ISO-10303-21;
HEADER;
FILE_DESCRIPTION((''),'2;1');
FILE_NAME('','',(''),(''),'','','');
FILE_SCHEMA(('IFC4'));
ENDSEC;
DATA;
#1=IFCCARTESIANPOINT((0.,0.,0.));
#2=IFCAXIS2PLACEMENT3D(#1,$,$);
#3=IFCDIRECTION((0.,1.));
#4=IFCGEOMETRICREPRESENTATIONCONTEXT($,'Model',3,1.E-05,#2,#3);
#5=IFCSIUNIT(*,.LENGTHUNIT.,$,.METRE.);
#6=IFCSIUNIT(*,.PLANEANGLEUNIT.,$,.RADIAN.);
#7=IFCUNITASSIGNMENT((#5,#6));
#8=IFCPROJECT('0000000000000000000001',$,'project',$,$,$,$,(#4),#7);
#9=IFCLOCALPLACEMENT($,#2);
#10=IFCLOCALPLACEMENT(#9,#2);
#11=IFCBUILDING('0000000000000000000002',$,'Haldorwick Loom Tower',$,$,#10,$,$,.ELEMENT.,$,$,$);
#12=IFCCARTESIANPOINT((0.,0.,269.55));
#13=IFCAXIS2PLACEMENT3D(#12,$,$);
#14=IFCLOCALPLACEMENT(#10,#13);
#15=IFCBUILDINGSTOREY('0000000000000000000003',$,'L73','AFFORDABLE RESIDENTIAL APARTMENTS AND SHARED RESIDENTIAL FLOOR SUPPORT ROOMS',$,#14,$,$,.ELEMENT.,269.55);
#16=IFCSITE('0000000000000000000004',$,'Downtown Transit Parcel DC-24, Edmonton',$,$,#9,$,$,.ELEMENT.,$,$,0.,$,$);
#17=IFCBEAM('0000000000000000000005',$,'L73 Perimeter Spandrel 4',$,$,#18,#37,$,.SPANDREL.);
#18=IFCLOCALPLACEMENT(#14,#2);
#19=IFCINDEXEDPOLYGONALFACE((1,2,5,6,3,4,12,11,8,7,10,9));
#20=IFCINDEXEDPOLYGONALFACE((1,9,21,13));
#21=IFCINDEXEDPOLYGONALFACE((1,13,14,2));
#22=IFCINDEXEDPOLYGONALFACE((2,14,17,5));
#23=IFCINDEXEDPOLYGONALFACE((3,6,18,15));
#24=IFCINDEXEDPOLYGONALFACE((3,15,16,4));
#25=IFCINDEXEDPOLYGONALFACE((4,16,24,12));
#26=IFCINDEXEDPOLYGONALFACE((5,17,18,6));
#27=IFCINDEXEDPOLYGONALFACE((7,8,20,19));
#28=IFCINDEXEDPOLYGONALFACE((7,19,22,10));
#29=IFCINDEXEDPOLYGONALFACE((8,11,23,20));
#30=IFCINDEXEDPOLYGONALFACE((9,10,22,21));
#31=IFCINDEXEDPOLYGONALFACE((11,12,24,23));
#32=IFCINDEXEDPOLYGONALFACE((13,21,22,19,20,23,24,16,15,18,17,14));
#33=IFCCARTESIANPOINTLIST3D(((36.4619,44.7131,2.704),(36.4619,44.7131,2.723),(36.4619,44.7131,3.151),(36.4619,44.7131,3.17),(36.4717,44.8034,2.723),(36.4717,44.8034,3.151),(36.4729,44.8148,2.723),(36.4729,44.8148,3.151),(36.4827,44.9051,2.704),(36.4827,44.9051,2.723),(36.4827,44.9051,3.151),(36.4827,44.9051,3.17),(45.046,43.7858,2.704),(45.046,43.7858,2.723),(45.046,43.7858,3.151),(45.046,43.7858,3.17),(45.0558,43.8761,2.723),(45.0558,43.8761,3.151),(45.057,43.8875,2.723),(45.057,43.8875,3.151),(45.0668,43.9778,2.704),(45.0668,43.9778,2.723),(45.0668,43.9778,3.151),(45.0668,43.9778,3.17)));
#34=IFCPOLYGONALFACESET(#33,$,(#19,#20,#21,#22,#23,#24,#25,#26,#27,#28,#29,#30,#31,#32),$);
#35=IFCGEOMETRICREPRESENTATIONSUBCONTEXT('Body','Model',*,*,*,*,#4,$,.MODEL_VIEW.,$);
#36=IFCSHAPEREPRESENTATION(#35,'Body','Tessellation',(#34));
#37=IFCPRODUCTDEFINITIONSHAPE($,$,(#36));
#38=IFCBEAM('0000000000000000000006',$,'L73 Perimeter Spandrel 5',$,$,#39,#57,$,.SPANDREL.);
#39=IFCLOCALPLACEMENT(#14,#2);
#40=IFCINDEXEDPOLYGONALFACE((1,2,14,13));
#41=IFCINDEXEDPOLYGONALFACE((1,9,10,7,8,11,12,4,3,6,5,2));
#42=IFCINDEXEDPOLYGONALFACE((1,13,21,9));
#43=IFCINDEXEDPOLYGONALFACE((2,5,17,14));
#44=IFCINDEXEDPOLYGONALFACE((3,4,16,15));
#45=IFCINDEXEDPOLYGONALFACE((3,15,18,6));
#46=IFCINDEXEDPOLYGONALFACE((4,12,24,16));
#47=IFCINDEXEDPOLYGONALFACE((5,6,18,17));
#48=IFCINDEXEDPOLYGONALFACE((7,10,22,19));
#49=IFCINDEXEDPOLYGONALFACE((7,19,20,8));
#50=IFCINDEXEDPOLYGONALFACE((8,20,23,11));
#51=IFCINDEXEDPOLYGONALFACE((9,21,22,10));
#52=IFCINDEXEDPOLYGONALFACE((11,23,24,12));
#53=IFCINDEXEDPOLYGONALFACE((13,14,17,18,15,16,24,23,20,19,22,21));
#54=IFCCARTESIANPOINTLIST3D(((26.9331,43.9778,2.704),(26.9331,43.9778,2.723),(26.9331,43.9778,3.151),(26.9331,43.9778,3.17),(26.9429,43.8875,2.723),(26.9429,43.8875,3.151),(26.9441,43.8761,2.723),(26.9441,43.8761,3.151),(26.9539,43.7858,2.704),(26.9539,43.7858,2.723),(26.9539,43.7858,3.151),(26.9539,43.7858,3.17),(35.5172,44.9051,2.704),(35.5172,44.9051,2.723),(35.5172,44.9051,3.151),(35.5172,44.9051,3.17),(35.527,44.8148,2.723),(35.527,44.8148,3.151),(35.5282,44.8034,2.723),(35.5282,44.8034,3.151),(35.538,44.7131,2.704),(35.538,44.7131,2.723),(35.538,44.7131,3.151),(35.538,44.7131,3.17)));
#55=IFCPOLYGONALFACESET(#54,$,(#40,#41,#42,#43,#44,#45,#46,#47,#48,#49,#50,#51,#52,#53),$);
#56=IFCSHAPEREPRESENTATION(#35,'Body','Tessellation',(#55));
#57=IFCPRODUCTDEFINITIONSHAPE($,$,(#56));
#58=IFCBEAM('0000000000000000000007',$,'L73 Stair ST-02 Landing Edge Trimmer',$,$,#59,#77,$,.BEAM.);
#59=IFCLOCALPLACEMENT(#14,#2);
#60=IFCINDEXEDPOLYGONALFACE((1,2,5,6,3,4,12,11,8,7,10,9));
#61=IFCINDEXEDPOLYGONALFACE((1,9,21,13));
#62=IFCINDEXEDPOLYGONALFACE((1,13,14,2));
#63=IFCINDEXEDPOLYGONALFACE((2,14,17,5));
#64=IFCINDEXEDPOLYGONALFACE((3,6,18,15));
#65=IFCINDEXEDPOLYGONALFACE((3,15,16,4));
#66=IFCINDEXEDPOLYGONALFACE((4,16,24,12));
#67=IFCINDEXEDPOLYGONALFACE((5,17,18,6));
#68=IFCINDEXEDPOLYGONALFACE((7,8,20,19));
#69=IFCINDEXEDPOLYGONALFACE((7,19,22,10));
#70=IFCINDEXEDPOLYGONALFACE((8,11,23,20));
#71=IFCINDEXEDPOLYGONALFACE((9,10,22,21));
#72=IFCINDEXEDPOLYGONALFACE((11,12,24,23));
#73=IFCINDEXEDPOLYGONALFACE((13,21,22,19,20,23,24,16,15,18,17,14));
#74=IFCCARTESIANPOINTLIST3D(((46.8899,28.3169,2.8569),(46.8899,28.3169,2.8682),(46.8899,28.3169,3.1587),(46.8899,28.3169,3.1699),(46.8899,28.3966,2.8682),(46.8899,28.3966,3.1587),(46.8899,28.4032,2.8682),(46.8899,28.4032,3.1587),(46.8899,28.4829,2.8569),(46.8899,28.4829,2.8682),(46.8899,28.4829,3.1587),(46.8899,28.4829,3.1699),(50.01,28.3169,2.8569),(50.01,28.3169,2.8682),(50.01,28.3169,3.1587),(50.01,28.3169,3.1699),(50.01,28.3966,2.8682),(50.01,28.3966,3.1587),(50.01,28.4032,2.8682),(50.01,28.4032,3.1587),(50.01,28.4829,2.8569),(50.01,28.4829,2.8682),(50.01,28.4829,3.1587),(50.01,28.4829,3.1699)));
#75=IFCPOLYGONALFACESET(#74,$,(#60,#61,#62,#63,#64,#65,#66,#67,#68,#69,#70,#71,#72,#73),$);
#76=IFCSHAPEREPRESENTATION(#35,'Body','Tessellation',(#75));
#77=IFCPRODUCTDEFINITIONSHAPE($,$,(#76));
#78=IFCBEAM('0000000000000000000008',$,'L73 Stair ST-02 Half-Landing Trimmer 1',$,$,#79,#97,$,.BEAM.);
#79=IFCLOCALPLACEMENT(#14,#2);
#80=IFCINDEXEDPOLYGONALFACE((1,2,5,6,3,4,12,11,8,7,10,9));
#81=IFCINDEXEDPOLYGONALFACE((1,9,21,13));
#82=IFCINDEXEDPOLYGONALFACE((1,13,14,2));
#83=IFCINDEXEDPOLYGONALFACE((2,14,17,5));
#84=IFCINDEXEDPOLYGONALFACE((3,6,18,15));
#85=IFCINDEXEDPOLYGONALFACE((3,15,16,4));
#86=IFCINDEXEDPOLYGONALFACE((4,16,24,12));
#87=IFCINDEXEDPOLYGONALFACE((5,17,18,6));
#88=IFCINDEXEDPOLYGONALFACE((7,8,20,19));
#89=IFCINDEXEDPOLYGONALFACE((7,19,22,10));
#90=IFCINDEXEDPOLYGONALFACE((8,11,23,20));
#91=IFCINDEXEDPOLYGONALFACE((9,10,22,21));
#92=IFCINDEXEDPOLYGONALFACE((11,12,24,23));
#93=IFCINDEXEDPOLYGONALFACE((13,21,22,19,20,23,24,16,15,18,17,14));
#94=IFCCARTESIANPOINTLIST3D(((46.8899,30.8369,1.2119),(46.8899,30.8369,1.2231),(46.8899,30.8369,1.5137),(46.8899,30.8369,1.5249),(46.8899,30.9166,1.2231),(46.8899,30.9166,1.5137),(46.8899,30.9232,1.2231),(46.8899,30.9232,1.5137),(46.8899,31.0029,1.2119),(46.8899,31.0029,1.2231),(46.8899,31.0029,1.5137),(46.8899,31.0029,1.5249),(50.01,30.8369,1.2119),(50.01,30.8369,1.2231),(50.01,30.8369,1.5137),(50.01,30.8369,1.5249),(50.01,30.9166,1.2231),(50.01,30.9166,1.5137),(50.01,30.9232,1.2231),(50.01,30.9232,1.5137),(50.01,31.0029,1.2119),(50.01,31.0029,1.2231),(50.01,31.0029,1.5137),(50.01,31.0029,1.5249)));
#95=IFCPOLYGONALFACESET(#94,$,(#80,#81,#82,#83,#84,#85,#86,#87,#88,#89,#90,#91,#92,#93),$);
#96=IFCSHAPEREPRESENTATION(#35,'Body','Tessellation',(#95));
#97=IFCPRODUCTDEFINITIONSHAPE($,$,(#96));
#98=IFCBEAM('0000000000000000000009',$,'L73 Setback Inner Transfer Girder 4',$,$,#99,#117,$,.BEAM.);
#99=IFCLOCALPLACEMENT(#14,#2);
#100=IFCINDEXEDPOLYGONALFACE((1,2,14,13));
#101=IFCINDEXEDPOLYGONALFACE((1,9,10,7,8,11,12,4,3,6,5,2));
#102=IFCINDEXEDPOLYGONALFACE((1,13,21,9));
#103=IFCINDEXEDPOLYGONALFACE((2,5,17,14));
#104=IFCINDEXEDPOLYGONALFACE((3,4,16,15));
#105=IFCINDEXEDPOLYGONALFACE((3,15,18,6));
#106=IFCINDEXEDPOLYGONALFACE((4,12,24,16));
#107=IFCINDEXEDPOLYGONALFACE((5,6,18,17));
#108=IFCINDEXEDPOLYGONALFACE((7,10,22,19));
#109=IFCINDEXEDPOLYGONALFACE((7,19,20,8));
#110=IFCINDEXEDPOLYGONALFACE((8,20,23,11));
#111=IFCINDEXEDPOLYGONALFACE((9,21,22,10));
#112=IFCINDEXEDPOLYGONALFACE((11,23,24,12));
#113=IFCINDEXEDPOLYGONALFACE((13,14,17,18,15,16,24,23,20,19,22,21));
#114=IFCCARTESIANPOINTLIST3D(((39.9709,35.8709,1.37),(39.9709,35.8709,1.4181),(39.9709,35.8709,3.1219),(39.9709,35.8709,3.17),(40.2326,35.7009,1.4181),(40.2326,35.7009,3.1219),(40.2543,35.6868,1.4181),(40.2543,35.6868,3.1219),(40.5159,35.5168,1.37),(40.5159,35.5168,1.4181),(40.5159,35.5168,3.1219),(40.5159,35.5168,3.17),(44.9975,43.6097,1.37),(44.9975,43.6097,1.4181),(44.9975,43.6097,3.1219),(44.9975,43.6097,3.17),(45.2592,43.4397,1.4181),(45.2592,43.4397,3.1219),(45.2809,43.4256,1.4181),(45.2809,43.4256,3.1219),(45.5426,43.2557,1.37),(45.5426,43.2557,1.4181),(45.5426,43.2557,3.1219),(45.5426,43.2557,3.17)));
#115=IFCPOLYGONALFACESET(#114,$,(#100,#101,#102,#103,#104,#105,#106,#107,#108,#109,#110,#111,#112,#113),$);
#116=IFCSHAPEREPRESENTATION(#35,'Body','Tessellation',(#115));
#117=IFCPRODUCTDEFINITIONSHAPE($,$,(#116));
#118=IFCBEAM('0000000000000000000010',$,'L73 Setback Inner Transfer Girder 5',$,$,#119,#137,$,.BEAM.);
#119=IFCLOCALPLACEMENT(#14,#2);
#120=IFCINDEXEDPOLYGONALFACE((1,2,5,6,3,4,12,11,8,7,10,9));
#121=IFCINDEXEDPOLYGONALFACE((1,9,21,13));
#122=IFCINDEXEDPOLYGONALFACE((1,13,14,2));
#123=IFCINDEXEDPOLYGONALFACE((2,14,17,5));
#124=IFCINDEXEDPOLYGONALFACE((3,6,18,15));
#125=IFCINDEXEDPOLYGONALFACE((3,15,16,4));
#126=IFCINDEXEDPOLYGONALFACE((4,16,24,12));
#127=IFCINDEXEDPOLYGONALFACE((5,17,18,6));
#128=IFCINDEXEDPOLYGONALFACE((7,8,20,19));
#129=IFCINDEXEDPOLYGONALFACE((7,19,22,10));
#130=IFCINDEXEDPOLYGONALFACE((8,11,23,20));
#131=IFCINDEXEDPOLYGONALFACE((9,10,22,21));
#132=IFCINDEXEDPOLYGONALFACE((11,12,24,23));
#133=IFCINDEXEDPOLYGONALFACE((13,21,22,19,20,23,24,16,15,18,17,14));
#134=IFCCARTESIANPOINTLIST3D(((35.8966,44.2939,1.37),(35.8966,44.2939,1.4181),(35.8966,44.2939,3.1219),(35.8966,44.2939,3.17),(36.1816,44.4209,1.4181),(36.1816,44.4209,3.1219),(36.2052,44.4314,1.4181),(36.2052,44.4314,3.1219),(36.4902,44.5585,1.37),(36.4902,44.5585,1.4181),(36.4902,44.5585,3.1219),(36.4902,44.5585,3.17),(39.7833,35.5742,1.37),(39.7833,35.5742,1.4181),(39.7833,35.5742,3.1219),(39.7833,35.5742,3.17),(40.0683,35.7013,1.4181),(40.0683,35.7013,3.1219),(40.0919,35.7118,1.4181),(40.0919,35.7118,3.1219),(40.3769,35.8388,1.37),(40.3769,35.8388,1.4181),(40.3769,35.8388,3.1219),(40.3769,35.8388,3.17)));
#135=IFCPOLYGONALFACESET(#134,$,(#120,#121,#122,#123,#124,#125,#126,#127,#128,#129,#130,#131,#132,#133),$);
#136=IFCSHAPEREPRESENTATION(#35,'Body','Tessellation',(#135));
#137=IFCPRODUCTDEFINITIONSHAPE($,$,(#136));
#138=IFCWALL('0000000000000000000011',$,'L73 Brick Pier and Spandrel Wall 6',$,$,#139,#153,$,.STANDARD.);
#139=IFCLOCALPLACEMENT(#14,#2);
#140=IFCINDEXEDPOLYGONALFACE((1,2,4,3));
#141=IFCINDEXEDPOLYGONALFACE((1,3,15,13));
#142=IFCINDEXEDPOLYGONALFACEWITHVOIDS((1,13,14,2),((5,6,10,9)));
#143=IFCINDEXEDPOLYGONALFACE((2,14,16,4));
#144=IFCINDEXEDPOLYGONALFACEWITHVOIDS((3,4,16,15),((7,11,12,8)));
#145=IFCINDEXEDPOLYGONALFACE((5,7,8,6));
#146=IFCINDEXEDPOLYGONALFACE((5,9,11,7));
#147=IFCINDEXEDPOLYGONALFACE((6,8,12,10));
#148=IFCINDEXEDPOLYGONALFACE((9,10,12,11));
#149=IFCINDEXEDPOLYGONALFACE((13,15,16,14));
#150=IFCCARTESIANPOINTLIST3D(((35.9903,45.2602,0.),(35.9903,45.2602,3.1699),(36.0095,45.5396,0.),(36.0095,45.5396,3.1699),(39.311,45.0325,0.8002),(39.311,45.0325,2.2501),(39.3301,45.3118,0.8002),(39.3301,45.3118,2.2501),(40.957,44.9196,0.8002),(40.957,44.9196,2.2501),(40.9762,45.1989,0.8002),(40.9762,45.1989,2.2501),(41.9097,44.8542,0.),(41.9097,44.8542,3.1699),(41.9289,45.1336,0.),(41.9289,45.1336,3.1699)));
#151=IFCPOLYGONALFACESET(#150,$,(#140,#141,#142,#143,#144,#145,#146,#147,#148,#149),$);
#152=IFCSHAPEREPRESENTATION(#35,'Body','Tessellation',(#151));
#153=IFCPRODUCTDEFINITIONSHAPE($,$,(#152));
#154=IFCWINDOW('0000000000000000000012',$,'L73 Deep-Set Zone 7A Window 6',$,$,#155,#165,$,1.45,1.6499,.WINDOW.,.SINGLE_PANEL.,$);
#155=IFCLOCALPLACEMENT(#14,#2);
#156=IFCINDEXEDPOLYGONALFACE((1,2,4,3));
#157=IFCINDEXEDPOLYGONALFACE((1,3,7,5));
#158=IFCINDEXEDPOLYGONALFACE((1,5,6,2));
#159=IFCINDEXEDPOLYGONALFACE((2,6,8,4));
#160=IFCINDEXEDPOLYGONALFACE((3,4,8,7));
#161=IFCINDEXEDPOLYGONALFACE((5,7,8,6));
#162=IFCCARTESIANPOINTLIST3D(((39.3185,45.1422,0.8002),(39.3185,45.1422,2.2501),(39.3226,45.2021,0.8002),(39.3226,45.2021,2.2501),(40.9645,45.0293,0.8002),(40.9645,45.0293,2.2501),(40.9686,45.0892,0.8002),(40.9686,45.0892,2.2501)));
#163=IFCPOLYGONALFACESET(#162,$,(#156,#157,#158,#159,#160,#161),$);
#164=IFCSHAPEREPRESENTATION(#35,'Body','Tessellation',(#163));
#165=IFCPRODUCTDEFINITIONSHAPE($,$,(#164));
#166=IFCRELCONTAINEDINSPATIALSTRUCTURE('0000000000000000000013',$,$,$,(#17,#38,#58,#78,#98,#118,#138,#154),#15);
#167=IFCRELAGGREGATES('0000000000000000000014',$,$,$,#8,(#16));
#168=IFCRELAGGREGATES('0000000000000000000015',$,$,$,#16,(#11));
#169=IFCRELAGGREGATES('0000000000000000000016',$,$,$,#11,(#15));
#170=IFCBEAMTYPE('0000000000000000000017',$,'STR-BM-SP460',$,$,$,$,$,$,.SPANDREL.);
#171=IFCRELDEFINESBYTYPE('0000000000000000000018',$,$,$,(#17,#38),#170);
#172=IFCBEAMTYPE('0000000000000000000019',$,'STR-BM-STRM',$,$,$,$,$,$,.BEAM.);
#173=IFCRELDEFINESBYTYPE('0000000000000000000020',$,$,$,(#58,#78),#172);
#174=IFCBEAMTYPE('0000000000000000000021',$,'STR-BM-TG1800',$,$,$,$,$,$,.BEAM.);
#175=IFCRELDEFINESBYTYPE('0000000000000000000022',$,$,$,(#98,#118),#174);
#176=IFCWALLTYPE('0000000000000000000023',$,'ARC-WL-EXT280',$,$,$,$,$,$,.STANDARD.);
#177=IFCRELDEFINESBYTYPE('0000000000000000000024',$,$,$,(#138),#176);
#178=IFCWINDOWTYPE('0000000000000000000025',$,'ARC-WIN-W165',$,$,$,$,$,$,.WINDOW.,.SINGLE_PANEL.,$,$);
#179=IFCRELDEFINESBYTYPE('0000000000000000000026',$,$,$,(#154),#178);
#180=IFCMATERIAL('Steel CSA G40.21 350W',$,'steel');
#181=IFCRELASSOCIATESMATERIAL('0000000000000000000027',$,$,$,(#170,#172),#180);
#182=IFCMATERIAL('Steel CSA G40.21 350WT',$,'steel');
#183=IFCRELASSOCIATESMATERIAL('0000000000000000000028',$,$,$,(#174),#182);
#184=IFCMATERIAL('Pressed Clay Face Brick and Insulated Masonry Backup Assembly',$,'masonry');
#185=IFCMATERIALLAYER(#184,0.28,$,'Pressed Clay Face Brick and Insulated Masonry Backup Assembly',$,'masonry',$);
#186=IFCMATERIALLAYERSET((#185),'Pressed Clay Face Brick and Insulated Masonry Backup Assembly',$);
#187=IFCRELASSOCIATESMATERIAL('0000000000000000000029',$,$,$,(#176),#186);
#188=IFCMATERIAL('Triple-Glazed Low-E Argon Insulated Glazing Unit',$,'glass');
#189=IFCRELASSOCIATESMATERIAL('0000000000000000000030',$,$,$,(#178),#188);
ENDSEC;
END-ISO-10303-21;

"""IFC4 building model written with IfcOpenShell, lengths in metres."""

from ifc_helpers import new_model, si_unit, direction, frame, frame_2d, origin, origin_2d, place, context, subcontext, project, spatial, rectangle, i_section, extrude, material, layer, layer_set, material_profile, profile_set, type_object, element, fill, save


model = new_model("IFC4")

# Units and contexts
model_context = context("Model", 3, precision=1e-05, world=origin(), true_north=direction((0.0, 1.0)))
body_context = subcontext(model_context, "Body", "Model", "MODEL_VIEW")
ifc_project = project(units=[si_unit("LENGTHUNIT", "METRE"), si_unit("PLANEANGLEUNIT", "RADIAN")], contexts=[model_context])

# Site, building, storey
site_placement = place(None, origin())
site = spatial("IfcSite", under=ifc_project, at=site_placement, Name="Downtown Transit Parcel DC-24, Edmonton", CompositionType="ELEMENT", RefElevation=0.0)
building_placement = place(site_placement, origin())
building = spatial("IfcBuilding", under=site, at=building_placement, Name="Haldorwick Loom Tower", CompositionType="ELEMENT")
storey_placement = place(building_placement, frame((0.0, 0.0, 269.55)))
storey = spatial("IfcBuildingStorey", under=building, at=storey_placement, Name="L73", Description="AFFORDABLE RESIDENTIAL APARTMENTS AND SHARED RESIDENTIAL FLOOR SUPPORT ROOMS", CompositionType="ELEMENT", Elevation=269.55)

# Shared definitions
ifc_material_1 = material(Name="Steel CSA G40.21 350W", Category="steel")

# Beams
ifc_material_profile_1 = material_profile(ifc_material_1, i_section(OverallWidth=0.1931, OverallDepth=0.4661, WebThickness=0.0115, FlangeThickness=0.019, at=origin_2d()), Name="W460X97", Category="steel")
ifc_profile_set_1 = profile_set([ifc_material_profile_1], Name="Steel CSA G40.21 350W")
beam_type_1 = type_object("IfcBeamType", Name="STR-BM-SP460", PredefinedType="SPANDREL", material=ifc_profile_set_1)
for number, where, z_axis, x_axis, name in (
    (1, (45.0564, 43.8818, 2.937), (-0.994216, 0.107396, 0.0), (-0.107396, -0.994216, 0.0), "L73 Perimeter Spandrel 4"),
    (2, (35.5276, 44.8091, 2.937), (-0.994216, -0.107396, 0.0), (0.107396, -0.994216, 0.0), "L73 Perimeter Spandrel 5"),
):
    element("IfcBeam", number, at=place(storey_placement, frame(where, z_axis=z_axis, x_axis=x_axis)), inside=storey, type_object=beam_type_1, Name=name, PredefinedType="SPANDREL", context=body_context, shape_type="SweptSolid", body=[
        extrude(i_section(OverallWidth=0.1931, OverallDepth=0.4661, WebThickness=0.0115, FlangeThickness=0.019, at=origin_2d()), origin(), (0.0, 0.0, 1.0), 8.634),
    ])
ifc_material_profile_2 = material_profile(ifc_material_1, i_section(OverallWidth=0.166, OverallDepth=0.313, WebThickness=0.0066, FlangeThickness=0.0112, at=origin_2d()), Name="W310X45", Category="steel")
ifc_profile_set_2 = profile_set([ifc_material_profile_2], Name="Steel CSA G40.21 350W")
beam_type_2 = type_object("IfcBeamType", Name="STR-BM-STRM", PredefinedType="BEAM", material=ifc_profile_set_2)
for number, where, z_axis, x_axis, name in (
    (3, (46.8899, 28.3999, 3.0134), (1.0, 0.0, 0.0), (0.0, 1.0, 0.0), "L73 Stair ST-02 Landing Edge Trimmer"),
    (4, (46.8899, 30.9199, 1.3684), (1.0, 0.0, 0.0), (0.0, 1.0, 0.0), "L73 Stair ST-02 Half-Landing Trimmer 1"),
):
    element("IfcBeam", number, at=place(storey_placement, frame(where, z_axis=z_axis, x_axis=x_axis)), inside=storey, type_object=beam_type_2, Name=name, PredefinedType="BEAM", context=body_context, shape_type="SweptSolid", body=[
        extrude(i_section(OverallWidth=0.166, OverallDepth=0.313, WebThickness=0.0066, FlangeThickness=0.0112, at=origin_2d()), origin(), (0.0, 0.0, 1.0), 3.1201),
    ])
ifc_material_2 = material(Name="Steel CSA G40.21 350WT", Category="steel")
ifc_material_profile_3 = material_profile(ifc_material_2, i_section(OverallWidth=0.6499, OverallDepth=1.8, WebThickness=0.0259, FlangeThickness=0.0481, at=origin_2d()), Name="WWF1800X650", Category="steel")
ifc_profile_set_3 = profile_set([ifc_material_profile_3], Name="Steel CSA G40.21 350WT")
beam_type_3 = type_object("IfcBeamType", Name="STR-BM-TG1800", PredefinedType="BEAM", material=ifc_profile_set_3)
beam_1_placement = place(storey_placement, frame((40.2434, 35.6938, 2.27), z_axis=(0.544715, 0.838621, 0.0), x_axis=(-0.838621, 0.544715, 0.0)))
element("IfcBeam", 5, at=beam_1_placement, inside=storey, type_object=beam_type_3, Name="L73 Setback Inner Transfer Girder 4", PredefinedType="BEAM", context=body_context, shape_type="SweptSolid", body=[
    extrude(i_section(OverallWidth=0.6499, OverallDepth=1.8, WebThickness=0.0259, FlangeThickness=0.0481, at=origin_2d()), origin(), (0.0, 0.0, 1.0), 9.228),
])
beam_2_placement = place(storey_placement, frame((40.0801, 35.7065, 2.27), z_axis=(-0.407125, 0.913372, 0.0), x_axis=(-0.913372, -0.407125, 0.0)))
element("IfcBeam", 6, at=beam_2_placement, inside=storey, type_object=beam_type_3, Name="L73 Setback Inner Transfer Girder 5", PredefinedType="BEAM", context=body_context, shape_type="SweptSolid", body=[
    extrude(i_section(OverallWidth=0.6499, OverallDepth=1.8, WebThickness=0.0259, FlangeThickness=0.0481, at=origin_2d()), origin(), (0.0, 0.0, 1.0), 9.5466),
])

# Wall, opening, window
ifc_material_3 = material(Name="Pressed Clay Face Brick and Insulated Masonry Backup Assembly", Category="masonry")
ifc_layer_1 = layer(ifc_material_3, 0.28, Name="Pressed Clay Face Brick and Insulated Masonry Backup Assembly", Category="masonry")
ifc_layer_set_1 = layer_set([ifc_layer_1], Name="Pressed Clay Face Brick and Insulated Masonry Backup Assembly")
wall_type_1 = type_object("IfcWallType", Name="ARC-WL-EXT280", PredefinedType="STANDARD", material=ifc_layer_set_1)
wall_1_placement = place(storey_placement, frame((41.9194, 44.9939, 0.0), z_axis=(0.0, 0.0, 1.0), x_axis=(-0.997656, 0.068428, 0.0)))
wall_1 = element("IfcWall", 7, at=wall_1_placement, inside=storey, type_object=wall_type_1, Name="L73 Brick Pier and Spandrel Wall 6", PredefinedType="STANDARD", context=body_context, shape_type="SweptSolid", body=[
    extrude(rectangle(XDim=5.9333, YDim=0.28, at=frame_2d((2.9668, 0.0))), origin(), (0.0, 0.0, 1.0), 3.1699),
])
opening_1_placement = place(wall_1_placement, frame((0.9551, 0.0, 0.8)))
opening_1 = element("IfcOpeningElement", 8, at=opening_1_placement, cuts=wall_1, PredefinedType="OPENING", context=body_context, shape_type="SweptSolid", body=[
    extrude(rectangle(XDim=1.6499, YDim=1.45, at=frame_2d((0.825, 0.7251))), frame((0.0, 0.1499, 0.0), z_axis=(0.0, -1.0, 0.0), x_axis=(1.0, 0.0, 0.0)), (0.0, 0.0, 1.0), 0.3),
])
ifc_material_4 = material(Name="Triple-Glazed Low-E Argon Insulated Glazing Unit", Category="glass")
window_type = type_object("IfcWindowType", Name="ARC-WIN-W165", PartitioningType="SINGLE_PANEL", PredefinedType="WINDOW", material=ifc_material_4)
window_1_placement = place(opening_1_placement, origin())
window_1 = element("IfcWindow", 9, at=window_1_placement, inside=storey, type_object=window_type, Name="L73 Deep-Set Zone 7A Window 6", OverallHeight=1.45, OverallWidth=1.6499, PartitioningType="SINGLE_PANEL", PredefinedType="WINDOW", context=body_context, shape_type="SweptSolid", body=[
    extrude(rectangle(XDim=1.6499, YDim=1.45, at=frame_2d((0.825, 0.7251))), frame((0.0, 0.03, 0.0), z_axis=(0.0, -1.0, 0.0), x_axis=(1.0, 0.0, 0.0)), (0.0, 0.0, 1.0), 0.0601),
])
fill(opening_1, window_1)

save(model, "model.ifc")
